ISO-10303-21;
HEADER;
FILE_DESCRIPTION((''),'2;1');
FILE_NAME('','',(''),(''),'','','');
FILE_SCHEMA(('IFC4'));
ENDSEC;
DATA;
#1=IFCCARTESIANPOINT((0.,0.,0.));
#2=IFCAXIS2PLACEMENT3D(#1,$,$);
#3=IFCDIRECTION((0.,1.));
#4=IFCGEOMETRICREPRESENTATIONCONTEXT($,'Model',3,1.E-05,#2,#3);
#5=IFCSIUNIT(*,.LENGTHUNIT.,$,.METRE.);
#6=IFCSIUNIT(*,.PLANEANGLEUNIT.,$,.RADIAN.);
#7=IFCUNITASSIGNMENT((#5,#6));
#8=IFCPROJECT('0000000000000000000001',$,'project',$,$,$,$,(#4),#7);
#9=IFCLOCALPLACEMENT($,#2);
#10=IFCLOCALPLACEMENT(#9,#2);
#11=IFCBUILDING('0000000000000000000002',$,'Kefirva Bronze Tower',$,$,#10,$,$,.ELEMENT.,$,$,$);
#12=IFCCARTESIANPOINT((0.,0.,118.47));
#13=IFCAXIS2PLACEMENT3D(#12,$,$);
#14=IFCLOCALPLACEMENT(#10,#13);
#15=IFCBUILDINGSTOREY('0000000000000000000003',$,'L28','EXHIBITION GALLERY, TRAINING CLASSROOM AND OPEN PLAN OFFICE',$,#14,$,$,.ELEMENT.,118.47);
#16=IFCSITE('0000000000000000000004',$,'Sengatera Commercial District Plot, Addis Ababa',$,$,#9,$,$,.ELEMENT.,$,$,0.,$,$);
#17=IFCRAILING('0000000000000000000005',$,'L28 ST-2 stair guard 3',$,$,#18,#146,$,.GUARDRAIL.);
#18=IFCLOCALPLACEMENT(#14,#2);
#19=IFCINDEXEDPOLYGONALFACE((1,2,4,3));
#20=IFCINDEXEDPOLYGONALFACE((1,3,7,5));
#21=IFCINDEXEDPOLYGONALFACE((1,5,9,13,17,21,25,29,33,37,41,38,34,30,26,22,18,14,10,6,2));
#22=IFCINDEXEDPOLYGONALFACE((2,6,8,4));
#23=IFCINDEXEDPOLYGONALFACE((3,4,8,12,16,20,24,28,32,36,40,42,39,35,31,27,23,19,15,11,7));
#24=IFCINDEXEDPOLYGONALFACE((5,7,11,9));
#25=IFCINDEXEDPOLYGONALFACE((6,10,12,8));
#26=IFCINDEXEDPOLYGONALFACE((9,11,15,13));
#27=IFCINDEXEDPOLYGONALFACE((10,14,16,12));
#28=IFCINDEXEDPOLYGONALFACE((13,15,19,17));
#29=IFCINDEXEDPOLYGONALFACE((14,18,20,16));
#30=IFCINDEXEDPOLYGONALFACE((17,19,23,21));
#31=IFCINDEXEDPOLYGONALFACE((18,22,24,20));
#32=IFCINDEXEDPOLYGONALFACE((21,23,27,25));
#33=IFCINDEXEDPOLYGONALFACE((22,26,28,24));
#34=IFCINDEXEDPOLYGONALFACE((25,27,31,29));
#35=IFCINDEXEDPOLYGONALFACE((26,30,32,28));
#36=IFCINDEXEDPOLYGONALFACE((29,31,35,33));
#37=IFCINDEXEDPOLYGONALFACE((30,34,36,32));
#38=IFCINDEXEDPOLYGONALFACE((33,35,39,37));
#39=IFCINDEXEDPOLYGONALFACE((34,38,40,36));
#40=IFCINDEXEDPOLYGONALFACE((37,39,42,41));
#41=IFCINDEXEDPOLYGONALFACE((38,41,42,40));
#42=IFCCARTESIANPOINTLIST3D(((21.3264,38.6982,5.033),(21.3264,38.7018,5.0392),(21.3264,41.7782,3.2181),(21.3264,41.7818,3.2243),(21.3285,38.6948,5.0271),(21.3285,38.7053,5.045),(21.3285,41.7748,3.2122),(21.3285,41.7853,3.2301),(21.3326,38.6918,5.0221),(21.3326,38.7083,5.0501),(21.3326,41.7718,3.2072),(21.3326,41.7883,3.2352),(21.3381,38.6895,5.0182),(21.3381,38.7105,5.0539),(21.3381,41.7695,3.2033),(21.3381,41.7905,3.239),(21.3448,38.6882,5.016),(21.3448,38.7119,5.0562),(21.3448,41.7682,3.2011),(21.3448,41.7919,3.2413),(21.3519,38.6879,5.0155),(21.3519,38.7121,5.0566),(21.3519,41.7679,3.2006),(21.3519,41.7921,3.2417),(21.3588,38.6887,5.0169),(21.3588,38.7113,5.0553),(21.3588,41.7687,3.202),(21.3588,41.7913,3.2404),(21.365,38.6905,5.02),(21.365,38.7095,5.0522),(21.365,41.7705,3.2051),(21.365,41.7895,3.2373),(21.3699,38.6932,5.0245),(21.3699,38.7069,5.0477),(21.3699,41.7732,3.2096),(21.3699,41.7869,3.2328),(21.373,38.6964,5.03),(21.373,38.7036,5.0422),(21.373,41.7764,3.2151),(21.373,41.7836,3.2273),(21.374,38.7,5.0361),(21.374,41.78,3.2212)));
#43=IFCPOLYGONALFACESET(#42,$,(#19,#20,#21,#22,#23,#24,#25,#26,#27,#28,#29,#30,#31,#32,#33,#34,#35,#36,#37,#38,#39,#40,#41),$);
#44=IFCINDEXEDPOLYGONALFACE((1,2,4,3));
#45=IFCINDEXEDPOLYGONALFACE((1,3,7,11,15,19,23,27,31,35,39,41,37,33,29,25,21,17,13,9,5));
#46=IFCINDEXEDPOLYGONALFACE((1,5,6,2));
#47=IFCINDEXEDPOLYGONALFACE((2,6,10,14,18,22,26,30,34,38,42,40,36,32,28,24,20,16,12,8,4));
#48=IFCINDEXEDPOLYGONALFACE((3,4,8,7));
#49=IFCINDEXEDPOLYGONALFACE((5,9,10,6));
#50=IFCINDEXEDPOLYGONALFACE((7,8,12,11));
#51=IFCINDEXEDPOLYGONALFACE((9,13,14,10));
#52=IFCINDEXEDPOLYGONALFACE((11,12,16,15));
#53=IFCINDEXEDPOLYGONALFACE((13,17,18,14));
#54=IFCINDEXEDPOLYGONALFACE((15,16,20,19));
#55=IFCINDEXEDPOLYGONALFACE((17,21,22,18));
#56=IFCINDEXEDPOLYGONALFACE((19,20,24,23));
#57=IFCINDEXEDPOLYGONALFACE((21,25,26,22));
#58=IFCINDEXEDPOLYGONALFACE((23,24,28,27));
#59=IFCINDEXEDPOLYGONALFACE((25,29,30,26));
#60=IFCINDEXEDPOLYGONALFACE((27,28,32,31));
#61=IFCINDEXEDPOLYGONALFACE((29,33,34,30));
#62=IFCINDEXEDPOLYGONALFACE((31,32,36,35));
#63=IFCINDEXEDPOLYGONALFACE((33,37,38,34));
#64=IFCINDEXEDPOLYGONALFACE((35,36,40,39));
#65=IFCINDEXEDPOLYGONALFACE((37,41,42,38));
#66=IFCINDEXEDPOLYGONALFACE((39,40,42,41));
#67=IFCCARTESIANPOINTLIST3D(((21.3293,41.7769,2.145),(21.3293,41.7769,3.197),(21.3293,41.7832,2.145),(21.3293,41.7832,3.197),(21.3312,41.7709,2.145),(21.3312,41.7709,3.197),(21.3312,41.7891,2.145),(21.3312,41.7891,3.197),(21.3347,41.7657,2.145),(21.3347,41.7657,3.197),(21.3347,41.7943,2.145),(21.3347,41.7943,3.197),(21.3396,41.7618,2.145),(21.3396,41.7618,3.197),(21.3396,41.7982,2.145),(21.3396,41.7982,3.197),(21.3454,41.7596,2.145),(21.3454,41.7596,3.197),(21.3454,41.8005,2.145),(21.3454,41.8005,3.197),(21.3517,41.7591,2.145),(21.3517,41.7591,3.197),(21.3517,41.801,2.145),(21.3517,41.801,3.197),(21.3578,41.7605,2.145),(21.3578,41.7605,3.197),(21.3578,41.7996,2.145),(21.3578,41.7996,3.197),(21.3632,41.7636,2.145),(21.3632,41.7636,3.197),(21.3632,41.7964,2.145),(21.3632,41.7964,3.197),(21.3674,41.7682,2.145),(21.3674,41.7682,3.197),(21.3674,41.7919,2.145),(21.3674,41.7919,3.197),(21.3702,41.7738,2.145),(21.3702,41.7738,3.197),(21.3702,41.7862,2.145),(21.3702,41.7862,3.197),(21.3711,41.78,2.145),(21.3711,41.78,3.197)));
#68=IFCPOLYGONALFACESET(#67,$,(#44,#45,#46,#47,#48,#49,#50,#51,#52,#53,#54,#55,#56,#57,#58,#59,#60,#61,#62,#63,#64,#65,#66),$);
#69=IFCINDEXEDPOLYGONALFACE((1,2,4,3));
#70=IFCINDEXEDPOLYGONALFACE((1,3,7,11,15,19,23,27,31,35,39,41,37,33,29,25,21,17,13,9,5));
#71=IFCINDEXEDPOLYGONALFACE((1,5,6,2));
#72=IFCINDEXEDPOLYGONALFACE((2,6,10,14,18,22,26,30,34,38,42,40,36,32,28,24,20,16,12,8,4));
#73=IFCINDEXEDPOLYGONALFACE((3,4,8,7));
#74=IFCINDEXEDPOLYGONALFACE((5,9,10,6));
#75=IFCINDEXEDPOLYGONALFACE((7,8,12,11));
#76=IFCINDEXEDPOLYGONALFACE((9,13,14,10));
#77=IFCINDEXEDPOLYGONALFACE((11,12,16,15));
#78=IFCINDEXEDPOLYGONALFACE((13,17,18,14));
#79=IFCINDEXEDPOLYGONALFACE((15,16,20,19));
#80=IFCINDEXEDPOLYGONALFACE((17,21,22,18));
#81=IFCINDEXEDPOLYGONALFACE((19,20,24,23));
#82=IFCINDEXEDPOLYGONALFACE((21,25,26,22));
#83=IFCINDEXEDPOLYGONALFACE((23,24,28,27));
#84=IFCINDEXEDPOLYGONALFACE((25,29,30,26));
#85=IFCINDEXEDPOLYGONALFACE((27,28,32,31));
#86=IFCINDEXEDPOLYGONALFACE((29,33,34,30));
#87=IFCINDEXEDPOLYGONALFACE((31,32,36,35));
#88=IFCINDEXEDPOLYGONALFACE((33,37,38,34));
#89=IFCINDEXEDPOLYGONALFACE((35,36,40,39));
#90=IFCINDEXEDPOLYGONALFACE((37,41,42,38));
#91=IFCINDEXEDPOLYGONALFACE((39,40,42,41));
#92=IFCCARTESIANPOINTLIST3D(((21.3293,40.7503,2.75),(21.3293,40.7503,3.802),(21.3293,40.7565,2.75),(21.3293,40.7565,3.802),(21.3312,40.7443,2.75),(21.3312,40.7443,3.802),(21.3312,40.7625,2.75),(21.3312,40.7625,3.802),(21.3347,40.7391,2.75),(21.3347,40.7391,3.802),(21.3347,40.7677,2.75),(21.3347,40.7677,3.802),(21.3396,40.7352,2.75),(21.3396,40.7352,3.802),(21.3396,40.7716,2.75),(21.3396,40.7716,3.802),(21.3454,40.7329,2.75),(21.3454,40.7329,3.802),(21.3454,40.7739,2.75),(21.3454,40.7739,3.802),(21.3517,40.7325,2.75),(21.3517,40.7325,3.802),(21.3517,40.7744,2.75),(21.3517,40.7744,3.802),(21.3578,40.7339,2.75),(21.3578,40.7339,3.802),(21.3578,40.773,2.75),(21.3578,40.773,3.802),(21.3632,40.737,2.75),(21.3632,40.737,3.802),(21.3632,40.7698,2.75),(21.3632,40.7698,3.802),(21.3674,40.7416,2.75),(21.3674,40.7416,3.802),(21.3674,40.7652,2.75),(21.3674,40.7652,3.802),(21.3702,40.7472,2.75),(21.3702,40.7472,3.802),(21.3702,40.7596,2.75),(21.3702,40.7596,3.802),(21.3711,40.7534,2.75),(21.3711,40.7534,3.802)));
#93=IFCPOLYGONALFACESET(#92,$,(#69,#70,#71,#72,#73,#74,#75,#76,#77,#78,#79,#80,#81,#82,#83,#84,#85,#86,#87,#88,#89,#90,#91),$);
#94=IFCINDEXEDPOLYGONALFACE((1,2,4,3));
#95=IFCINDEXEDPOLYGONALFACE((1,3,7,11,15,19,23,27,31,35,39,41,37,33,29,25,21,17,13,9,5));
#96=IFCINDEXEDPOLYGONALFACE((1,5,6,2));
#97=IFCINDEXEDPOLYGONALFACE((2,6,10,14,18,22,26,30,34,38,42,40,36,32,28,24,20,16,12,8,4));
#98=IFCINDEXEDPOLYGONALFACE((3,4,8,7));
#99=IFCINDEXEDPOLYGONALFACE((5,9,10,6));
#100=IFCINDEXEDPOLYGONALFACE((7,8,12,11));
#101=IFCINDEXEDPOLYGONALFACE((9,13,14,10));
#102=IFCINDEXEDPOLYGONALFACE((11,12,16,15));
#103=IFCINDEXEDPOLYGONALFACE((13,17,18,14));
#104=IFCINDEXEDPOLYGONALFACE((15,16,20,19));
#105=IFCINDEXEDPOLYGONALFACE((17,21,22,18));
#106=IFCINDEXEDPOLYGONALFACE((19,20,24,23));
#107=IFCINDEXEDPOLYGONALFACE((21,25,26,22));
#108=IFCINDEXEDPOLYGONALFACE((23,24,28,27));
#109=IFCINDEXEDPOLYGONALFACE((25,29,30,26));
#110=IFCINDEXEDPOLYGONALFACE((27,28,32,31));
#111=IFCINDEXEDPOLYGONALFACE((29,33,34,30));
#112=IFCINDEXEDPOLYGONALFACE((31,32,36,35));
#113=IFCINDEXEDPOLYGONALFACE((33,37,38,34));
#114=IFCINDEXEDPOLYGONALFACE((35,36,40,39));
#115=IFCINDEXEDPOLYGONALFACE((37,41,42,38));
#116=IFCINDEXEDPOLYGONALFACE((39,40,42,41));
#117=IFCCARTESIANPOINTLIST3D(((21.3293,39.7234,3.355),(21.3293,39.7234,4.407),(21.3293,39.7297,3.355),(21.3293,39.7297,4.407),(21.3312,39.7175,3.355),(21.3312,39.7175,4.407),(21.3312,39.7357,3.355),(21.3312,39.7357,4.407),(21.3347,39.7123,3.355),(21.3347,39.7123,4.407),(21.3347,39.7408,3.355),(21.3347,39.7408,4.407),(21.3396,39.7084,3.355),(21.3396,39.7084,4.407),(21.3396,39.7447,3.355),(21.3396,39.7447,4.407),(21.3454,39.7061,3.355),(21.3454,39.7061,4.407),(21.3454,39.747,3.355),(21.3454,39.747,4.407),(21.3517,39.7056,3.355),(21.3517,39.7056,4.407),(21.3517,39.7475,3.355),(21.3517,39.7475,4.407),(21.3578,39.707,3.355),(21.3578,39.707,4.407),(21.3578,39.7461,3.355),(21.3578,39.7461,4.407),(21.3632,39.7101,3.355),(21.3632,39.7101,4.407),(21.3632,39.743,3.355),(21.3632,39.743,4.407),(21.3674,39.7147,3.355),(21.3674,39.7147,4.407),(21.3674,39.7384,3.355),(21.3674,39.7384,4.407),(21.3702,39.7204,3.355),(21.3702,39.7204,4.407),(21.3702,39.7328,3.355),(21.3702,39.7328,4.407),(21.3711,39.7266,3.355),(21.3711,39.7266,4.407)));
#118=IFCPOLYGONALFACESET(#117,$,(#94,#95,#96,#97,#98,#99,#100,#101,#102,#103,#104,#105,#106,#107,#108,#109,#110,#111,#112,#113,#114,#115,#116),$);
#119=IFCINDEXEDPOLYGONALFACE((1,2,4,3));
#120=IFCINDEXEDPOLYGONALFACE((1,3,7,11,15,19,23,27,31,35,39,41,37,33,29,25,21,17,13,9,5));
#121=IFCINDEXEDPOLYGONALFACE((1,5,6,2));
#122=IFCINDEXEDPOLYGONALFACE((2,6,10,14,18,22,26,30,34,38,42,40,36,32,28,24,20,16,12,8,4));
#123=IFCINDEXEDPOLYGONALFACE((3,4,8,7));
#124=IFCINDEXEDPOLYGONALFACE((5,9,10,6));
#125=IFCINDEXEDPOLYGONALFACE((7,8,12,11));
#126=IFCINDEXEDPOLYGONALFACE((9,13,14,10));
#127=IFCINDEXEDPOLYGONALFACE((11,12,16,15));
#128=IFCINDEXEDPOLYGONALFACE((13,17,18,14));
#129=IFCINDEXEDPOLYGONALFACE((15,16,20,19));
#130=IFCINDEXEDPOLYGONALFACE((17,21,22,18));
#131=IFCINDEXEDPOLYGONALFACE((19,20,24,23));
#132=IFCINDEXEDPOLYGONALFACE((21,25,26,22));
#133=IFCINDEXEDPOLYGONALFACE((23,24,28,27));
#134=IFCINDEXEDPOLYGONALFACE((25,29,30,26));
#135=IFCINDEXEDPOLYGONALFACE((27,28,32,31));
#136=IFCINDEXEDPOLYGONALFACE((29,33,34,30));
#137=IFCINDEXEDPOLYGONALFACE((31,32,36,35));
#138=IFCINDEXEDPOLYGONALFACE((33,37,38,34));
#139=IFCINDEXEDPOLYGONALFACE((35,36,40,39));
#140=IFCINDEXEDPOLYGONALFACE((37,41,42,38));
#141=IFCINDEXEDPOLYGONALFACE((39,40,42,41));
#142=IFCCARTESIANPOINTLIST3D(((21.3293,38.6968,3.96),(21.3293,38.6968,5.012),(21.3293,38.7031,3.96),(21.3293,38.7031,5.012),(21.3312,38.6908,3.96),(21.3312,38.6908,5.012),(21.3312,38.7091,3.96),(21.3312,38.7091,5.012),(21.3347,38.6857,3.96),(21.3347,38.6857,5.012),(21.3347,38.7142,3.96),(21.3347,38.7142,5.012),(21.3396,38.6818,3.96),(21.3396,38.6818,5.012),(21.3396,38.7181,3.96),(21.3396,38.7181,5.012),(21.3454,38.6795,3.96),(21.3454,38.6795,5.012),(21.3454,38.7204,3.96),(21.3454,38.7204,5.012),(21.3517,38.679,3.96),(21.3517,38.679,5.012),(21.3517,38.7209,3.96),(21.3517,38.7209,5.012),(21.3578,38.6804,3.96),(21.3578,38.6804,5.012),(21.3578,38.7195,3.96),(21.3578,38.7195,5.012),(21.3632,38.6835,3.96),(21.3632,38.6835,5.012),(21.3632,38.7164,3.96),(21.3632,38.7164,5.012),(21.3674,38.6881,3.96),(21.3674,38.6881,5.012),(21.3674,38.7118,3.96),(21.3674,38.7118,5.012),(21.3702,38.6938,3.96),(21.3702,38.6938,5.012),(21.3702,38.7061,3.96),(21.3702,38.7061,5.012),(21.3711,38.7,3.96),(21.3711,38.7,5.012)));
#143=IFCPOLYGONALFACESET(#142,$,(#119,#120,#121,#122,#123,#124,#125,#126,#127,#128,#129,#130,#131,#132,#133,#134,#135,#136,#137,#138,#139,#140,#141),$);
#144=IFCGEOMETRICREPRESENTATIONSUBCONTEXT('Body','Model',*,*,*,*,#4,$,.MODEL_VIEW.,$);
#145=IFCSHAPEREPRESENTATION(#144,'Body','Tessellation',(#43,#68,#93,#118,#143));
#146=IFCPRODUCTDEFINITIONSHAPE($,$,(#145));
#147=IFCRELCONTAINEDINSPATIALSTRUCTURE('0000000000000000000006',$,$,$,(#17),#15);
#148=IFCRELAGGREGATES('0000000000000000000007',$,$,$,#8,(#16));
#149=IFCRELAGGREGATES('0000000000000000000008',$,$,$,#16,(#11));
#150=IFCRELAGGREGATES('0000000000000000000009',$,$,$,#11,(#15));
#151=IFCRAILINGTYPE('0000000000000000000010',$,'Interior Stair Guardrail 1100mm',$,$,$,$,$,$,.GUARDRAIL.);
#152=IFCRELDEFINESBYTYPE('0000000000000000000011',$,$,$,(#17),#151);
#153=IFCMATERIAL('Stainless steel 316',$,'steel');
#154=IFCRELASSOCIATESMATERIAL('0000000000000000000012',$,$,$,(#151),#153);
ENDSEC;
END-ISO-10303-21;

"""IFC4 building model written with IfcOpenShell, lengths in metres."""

from ifc_helpers import new_model, si_unit, direction, frame, origin, origin_2d, place, context, subcontext, project, spatial, circle, extrude, material, type_object, element, save


model = new_model("IFC4")

# Units and contexts
model_context = context("Model", 3, precision=1e-05, world=origin(), true_north=direction((0.0, 1.0)))
body_context = subcontext(model_context, "Body", "Model", "MODEL_VIEW")
ifc_project = project(units=[si_unit("LENGTHUNIT", "METRE"), si_unit("PLANEANGLEUNIT", "RADIAN")], contexts=[model_context])

# Site, building, storey
site_placement = place(None, origin())
site = spatial("IfcSite", under=ifc_project, at=site_placement, Name="Sengatera Commercial District Plot, Addis Ababa", CompositionType="ELEMENT", RefElevation=0.0)
building_placement = place(site_placement, origin())
building = spatial("IfcBuilding", under=site, at=building_placement, Name="Kefirva Bronze Tower", CompositionType="ELEMENT")
storey_placement = place(building_placement, frame((0.0, 0.0, 118.47)))
storey = spatial("IfcBuildingStorey", under=building, at=storey_placement, Name="L28", Description="EXHIBITION GALLERY, TRAINING CLASSROOM AND OPEN PLAN OFFICE", CompositionType="ELEMENT", Elevation=118.47)

# Railing
ifc_material_1 = material(Name="Stainless steel 316", Category="steel")
railing_type_1 = type_object("IfcRailingType", Name="Interior Stair Guardrail 1100mm", PredefinedType="GUARDRAIL", material=ifc_material_1)
railing_1_placement = place(storey_placement, frame((21.3501, 41.78, 2.145)))
element("IfcRailing", 1, at=railing_1_placement, inside=storey, type_object=railing_type_1, Name="L28 ST-2 stair guard 3", PredefinedType="GUARDRAIL", context=body_context, shape_type="SweptSolid", body=[
    extrude(circle(Radius=0.0239, at=origin_2d()), frame((0.0, 0.0, 1.0762), z_axis=(0.0, -0.861551, 0.507671), x_axis=(1.0, 0.0, 0.0)), (0.0, 0.0, 1.0), 3.575),
    extrude(circle(Radius=0.021, at=origin_2d()), origin(), (0.0, 0.0, 1.0), 1.052),
    extrude(circle(Radius=0.021, at=origin_2d()), frame((0.0, -1.0266, 0.605)), (0.0, 0.0, 1.0), 1.052),
    extrude(circle(Radius=0.021, at=origin_2d()), frame((0.0, -2.0535, 1.21)), (0.0, 0.0, 1.0), 1.052),
    extrude(circle(Radius=0.021, at=origin_2d()), frame((0.0, -3.0801, 1.8149)), (0.0, 0.0, 1.0), 1.052),
])

save(model, "model.ifc")
